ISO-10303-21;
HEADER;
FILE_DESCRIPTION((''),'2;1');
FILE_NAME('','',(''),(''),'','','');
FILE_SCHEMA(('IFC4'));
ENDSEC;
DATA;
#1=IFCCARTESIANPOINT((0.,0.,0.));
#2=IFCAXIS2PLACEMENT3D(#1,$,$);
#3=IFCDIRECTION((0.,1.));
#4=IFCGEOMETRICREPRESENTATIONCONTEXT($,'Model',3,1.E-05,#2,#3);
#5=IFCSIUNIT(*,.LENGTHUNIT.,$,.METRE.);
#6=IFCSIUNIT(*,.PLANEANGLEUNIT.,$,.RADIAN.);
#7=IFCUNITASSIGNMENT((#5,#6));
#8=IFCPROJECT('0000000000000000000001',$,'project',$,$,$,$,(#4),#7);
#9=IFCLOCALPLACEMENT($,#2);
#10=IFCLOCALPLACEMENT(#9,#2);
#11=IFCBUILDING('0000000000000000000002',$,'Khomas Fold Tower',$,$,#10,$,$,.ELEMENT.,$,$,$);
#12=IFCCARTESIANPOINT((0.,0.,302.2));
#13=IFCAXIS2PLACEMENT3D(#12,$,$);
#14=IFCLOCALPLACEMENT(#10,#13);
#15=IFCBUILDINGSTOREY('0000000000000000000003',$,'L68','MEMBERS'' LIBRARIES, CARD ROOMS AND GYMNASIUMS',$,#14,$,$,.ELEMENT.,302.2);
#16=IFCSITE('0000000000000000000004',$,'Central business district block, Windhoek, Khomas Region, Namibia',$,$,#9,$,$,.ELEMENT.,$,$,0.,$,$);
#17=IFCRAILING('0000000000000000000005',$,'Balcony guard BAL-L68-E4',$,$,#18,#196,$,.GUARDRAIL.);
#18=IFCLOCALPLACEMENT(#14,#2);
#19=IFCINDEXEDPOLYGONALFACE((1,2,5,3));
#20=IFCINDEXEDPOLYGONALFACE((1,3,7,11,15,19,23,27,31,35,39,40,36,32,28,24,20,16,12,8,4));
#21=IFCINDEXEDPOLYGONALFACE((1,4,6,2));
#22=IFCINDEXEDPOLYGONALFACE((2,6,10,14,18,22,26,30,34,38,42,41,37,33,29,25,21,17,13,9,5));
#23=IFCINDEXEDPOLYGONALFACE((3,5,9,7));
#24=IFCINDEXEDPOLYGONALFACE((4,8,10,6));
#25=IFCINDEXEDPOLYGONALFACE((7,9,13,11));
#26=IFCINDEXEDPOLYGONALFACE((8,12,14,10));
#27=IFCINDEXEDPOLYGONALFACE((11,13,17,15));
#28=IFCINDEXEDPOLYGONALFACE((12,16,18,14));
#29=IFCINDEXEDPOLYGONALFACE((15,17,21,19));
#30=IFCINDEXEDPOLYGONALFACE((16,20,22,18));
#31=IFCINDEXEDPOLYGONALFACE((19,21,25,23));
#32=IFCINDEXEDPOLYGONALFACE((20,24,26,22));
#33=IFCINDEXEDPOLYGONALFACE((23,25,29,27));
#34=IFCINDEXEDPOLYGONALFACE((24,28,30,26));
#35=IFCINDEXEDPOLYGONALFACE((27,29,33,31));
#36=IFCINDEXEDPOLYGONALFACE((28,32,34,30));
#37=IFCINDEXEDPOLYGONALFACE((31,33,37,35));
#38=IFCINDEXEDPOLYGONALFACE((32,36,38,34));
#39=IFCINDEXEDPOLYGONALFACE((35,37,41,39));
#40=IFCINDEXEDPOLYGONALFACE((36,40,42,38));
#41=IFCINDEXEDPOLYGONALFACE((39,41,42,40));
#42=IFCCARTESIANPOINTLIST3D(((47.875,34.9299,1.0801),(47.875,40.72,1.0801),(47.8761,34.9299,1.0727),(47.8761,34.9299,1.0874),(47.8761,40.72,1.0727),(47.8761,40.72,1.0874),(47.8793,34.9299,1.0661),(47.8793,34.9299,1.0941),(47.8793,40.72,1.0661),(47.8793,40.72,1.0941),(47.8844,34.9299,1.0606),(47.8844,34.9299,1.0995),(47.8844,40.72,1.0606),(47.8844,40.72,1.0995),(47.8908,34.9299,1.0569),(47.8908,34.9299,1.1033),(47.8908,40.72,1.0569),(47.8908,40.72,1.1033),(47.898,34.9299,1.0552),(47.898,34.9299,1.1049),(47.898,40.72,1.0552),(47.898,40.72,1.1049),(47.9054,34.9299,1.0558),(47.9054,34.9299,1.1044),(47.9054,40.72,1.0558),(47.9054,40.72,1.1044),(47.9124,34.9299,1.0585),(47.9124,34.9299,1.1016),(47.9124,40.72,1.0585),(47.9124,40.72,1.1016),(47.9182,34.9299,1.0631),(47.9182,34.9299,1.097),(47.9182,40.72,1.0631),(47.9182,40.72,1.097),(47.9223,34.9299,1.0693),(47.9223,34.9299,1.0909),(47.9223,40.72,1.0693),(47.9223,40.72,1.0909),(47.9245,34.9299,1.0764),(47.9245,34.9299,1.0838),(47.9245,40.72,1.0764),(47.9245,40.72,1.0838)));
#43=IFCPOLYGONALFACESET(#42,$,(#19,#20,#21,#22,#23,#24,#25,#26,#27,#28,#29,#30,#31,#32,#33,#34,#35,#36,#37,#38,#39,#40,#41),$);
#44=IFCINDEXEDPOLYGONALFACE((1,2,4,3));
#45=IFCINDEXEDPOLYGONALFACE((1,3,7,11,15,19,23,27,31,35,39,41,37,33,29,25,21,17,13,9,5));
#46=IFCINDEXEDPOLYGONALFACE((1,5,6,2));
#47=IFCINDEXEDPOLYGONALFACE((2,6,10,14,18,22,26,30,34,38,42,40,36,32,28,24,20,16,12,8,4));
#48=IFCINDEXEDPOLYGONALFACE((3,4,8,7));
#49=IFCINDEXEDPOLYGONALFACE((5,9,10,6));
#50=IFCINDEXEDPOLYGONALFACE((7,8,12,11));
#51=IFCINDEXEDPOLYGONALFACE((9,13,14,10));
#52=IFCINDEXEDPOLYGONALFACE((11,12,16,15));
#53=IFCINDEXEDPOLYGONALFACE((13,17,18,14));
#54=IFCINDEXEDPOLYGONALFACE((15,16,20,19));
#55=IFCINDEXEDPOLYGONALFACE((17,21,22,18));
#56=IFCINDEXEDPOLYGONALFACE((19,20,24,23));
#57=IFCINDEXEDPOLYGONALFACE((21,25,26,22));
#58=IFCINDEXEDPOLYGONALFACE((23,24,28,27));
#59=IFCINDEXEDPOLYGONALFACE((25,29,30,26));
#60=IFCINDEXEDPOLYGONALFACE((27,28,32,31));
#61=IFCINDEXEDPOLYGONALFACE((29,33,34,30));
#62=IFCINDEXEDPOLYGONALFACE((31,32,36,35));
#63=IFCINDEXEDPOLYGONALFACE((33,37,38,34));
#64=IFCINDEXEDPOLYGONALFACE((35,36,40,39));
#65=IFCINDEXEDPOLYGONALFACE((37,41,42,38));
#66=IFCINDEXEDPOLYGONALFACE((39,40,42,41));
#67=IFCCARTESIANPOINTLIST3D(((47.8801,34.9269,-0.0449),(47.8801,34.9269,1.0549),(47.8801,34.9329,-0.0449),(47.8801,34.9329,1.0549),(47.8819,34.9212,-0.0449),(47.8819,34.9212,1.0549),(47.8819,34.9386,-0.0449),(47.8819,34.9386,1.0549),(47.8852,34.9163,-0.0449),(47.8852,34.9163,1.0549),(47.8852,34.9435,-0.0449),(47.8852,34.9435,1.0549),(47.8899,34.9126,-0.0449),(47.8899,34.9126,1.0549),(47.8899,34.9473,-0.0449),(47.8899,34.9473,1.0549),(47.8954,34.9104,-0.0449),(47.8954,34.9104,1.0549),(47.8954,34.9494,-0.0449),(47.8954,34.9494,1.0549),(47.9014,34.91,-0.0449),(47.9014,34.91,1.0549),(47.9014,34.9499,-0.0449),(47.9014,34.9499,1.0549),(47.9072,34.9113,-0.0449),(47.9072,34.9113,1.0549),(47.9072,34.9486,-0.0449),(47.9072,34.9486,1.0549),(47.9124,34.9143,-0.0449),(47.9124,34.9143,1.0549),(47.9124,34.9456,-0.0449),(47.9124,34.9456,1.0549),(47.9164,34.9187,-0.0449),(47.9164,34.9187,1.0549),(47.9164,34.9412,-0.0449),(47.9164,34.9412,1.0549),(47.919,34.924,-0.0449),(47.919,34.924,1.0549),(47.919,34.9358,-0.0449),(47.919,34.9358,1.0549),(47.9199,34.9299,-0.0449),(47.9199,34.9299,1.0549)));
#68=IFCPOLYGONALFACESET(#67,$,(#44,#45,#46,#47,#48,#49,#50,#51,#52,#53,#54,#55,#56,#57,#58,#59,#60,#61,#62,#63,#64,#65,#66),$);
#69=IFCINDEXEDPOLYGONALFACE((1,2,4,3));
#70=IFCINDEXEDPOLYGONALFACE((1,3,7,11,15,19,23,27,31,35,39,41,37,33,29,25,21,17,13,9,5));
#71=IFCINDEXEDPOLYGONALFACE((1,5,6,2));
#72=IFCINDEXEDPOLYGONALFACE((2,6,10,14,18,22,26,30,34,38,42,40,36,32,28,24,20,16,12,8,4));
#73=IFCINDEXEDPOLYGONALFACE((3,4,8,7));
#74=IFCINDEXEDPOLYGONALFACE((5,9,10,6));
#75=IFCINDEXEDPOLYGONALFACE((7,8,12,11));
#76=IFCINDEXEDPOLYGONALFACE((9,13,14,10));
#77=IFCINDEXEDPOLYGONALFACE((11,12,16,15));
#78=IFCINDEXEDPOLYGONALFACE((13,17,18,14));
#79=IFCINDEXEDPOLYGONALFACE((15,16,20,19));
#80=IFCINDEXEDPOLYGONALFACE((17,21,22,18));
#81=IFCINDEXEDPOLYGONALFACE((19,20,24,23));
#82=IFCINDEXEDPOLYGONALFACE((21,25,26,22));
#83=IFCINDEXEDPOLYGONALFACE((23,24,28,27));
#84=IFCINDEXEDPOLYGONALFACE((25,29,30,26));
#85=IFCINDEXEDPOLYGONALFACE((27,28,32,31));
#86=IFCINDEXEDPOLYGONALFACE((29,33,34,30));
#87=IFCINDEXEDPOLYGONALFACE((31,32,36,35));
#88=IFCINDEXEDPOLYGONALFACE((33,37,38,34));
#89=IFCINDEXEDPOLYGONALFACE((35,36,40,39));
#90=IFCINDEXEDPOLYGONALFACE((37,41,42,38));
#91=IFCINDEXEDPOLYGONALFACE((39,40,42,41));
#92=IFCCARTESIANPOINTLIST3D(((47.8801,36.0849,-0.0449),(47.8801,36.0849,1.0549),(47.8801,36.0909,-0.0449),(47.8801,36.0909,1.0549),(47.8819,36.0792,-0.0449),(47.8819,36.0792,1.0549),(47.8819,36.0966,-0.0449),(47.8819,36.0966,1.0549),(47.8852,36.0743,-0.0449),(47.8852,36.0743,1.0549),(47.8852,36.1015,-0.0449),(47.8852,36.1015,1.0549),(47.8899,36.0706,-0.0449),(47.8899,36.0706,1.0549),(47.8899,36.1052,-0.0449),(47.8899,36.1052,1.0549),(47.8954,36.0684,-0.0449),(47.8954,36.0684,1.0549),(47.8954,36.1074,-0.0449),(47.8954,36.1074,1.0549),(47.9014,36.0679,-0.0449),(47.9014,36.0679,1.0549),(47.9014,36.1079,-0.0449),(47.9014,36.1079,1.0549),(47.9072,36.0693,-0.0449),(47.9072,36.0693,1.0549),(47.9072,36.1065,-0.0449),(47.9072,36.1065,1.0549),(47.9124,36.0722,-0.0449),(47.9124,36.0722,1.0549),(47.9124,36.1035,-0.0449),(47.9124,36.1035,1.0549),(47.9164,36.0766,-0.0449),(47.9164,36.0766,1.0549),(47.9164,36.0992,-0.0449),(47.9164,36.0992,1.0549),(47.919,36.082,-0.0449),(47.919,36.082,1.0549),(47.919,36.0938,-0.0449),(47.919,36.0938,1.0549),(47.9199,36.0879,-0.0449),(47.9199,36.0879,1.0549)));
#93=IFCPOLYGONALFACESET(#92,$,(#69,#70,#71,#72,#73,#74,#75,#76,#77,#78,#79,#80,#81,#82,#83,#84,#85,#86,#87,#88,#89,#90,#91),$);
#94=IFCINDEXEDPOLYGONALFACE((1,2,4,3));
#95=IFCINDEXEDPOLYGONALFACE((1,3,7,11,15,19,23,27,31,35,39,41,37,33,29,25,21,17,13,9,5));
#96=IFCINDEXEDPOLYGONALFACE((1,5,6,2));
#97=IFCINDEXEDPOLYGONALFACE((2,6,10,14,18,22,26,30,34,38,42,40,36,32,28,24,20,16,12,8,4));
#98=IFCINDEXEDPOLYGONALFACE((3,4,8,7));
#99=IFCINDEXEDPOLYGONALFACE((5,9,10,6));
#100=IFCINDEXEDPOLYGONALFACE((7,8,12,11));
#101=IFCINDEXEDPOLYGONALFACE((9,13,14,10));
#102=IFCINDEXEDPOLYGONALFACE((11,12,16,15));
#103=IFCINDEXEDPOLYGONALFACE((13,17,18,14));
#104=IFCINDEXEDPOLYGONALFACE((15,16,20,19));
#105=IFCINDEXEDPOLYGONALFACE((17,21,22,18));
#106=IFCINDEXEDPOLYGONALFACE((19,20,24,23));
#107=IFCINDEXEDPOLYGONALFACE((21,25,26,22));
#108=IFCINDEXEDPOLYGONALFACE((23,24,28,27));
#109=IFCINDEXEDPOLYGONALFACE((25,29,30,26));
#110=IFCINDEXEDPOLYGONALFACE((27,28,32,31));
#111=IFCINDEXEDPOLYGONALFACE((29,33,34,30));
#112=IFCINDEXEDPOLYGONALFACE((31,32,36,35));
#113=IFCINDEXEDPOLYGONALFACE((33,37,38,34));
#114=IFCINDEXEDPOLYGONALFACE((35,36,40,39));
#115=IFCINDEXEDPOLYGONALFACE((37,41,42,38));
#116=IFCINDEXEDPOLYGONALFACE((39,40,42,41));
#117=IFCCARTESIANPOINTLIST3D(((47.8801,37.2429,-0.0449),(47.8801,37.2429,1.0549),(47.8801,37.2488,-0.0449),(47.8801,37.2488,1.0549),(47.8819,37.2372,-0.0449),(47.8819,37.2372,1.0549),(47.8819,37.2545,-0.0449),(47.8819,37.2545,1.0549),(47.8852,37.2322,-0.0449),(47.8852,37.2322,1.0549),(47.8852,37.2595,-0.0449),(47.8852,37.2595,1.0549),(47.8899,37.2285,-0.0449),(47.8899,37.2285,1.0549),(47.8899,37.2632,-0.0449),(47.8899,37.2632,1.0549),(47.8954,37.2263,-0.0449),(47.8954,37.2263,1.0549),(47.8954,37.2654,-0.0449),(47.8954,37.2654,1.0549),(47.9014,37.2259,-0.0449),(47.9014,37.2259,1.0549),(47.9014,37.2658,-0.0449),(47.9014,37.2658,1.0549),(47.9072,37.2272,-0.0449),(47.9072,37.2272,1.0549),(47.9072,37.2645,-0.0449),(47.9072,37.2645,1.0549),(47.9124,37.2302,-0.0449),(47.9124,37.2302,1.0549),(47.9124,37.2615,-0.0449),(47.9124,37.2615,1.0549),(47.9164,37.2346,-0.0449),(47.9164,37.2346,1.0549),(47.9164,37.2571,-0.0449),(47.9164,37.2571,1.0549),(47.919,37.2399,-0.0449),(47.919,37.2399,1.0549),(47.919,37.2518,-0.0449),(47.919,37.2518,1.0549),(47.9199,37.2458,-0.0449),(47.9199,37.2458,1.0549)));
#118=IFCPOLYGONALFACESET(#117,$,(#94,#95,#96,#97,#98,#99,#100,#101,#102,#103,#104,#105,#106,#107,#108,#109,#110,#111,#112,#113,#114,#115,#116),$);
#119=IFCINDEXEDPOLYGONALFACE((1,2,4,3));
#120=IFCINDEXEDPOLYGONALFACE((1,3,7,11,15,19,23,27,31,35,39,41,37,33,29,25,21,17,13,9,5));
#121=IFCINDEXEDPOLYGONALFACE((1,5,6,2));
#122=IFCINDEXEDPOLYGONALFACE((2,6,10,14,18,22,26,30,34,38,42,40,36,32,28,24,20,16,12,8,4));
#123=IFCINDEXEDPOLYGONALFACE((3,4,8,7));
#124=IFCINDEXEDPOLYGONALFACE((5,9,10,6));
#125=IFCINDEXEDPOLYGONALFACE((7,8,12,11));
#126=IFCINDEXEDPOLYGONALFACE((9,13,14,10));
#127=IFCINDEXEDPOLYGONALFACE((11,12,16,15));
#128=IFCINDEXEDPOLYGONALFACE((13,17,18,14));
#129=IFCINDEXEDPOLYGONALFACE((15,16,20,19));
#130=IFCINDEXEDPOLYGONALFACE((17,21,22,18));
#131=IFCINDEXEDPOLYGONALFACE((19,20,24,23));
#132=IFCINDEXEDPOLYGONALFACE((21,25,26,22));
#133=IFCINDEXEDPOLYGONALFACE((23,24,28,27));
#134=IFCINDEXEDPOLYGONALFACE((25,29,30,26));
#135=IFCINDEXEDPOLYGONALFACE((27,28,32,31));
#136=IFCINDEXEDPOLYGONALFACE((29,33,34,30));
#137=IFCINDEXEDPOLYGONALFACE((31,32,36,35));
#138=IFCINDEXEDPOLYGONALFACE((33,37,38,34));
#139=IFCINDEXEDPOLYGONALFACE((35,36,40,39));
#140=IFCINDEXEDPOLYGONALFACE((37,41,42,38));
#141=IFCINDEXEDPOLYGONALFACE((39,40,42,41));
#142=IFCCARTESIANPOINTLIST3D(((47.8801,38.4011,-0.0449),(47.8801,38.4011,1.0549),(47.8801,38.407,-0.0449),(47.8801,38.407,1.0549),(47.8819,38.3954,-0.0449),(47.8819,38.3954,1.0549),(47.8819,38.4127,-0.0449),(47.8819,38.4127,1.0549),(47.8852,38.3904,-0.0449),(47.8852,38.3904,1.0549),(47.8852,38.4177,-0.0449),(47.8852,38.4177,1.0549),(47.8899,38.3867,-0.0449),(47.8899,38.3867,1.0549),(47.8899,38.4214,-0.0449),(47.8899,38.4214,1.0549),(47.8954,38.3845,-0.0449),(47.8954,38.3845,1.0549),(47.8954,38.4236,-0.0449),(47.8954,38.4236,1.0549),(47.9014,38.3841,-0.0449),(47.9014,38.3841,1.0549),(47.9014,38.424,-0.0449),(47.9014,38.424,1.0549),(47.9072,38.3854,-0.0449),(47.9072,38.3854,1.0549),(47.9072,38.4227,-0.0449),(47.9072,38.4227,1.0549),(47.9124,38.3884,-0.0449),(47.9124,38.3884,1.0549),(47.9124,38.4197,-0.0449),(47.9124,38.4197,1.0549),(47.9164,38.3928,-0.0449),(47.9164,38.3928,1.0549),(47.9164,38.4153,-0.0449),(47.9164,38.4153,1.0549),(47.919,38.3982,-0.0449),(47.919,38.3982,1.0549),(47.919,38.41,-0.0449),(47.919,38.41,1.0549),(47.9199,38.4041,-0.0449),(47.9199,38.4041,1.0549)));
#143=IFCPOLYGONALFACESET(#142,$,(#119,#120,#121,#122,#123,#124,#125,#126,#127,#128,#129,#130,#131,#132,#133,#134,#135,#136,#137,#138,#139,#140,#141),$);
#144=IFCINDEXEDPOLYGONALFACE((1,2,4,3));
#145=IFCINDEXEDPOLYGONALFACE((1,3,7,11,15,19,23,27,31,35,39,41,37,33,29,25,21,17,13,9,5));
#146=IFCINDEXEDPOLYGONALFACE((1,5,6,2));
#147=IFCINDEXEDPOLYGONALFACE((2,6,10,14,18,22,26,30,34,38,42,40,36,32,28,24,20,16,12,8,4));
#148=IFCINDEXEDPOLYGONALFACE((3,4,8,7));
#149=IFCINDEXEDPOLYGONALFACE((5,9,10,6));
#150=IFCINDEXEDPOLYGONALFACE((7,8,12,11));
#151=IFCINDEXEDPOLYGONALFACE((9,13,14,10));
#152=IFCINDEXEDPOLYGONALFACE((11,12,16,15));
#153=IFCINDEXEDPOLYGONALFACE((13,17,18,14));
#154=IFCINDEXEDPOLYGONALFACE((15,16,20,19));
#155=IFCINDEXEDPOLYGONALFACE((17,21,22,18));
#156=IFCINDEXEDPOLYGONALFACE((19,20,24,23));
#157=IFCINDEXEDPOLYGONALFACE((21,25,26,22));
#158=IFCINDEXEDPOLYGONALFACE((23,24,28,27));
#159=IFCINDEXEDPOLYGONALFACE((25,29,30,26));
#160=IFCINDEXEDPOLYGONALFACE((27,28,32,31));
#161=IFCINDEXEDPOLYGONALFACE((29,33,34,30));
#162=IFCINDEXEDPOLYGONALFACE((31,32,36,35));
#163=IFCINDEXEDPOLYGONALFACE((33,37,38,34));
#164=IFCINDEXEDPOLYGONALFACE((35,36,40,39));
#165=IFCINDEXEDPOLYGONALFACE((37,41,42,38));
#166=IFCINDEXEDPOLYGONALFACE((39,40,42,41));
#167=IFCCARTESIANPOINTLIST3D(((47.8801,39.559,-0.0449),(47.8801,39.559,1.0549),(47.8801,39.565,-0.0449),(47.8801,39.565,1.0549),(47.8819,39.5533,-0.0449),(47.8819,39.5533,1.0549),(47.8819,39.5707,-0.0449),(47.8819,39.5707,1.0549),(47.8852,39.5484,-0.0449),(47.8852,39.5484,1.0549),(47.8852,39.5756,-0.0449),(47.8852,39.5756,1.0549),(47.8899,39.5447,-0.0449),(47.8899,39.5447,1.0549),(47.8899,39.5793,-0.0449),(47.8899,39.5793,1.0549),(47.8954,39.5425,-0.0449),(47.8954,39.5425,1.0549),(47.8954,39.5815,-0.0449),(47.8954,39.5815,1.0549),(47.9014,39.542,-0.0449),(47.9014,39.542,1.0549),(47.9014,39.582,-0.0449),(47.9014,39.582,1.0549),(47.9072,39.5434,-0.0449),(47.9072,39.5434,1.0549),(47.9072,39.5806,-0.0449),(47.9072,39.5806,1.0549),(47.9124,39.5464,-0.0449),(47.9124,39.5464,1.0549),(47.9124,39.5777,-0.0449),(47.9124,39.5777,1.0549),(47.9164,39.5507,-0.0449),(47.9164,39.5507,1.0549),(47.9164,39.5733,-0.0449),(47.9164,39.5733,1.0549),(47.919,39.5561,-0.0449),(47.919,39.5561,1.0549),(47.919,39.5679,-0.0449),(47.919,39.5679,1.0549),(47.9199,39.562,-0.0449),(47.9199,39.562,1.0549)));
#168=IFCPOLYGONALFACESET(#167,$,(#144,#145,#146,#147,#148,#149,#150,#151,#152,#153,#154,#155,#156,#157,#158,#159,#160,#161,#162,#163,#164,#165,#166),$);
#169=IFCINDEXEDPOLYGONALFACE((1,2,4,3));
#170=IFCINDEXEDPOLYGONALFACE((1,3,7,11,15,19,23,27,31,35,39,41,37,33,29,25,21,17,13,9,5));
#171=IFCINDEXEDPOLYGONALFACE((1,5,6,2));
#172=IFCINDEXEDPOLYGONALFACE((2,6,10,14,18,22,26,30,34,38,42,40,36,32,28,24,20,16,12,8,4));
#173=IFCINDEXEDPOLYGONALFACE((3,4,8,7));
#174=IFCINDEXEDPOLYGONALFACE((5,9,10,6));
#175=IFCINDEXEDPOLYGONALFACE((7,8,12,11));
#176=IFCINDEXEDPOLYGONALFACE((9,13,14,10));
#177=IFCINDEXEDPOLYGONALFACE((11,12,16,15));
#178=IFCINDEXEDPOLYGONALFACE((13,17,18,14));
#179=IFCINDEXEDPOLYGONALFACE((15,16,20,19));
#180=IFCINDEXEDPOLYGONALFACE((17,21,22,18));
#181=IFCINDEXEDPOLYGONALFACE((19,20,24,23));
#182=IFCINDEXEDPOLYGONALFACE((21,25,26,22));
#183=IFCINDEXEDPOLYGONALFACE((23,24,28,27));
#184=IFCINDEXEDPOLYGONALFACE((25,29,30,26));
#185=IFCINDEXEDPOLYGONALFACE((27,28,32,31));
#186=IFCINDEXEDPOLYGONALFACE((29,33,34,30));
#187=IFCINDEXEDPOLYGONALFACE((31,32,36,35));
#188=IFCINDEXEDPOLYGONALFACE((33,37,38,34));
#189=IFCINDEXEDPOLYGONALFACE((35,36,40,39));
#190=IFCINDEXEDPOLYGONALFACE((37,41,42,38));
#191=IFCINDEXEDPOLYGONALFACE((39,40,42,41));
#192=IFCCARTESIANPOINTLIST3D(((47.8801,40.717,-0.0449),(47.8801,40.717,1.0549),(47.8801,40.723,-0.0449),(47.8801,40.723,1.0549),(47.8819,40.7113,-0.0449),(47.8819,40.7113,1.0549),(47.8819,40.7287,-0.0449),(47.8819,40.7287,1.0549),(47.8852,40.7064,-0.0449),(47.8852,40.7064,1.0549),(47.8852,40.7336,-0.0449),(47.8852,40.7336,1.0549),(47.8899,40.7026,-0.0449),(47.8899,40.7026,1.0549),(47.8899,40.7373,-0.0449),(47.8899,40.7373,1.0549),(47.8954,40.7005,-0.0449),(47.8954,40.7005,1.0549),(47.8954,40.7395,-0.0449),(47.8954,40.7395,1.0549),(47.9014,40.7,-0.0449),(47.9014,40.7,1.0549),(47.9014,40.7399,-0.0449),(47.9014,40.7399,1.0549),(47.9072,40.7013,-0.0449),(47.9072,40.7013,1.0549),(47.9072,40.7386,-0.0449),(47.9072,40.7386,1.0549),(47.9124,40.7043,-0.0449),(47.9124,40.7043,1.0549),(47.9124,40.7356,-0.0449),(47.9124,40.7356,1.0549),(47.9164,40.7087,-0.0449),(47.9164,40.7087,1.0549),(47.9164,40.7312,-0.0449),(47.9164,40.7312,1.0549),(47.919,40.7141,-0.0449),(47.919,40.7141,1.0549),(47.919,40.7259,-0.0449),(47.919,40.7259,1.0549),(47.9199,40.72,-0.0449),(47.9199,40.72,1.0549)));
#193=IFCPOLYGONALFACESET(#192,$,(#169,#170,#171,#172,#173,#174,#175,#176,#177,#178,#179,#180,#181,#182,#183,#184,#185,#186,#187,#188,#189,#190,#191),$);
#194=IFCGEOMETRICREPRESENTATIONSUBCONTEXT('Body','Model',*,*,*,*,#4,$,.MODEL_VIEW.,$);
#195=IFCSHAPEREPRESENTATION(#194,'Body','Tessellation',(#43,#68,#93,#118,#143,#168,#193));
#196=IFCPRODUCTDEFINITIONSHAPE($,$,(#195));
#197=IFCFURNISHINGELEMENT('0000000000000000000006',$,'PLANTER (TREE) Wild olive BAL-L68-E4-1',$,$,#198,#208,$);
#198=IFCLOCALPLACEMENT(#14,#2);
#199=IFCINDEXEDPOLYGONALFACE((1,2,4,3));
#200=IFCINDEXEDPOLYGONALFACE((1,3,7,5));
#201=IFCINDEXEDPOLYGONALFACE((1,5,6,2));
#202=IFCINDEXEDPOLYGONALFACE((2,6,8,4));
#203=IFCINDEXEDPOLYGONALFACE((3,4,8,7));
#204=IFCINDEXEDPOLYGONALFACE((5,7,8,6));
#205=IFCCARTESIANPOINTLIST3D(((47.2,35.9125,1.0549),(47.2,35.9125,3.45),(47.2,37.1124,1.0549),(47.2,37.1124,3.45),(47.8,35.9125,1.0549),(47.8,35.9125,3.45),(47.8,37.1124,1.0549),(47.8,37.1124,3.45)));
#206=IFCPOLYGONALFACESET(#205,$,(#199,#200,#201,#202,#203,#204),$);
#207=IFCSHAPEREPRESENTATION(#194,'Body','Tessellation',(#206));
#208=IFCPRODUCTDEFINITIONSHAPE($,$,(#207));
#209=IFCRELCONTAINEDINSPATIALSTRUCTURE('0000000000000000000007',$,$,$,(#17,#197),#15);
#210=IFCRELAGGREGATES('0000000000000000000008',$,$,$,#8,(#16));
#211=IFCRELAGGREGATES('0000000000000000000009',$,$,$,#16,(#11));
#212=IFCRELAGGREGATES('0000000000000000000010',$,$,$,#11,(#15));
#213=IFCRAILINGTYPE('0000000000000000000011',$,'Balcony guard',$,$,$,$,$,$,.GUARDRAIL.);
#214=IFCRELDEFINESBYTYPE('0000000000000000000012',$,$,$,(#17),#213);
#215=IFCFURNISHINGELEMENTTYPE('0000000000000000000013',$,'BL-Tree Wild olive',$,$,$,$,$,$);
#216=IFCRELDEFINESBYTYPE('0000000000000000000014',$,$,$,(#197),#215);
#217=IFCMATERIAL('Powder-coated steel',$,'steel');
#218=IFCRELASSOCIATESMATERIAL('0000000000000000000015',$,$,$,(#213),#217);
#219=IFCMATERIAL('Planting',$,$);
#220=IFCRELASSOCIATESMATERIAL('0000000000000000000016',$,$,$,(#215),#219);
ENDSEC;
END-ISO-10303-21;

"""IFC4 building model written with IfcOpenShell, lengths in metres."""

from ifc_helpers import new_model, si_unit, direction, frame, origin, origin_2d, place, context, subcontext, project, spatial, rectangle, circle, extrude, source, transform, mapped, material, type_object, element, save


model = new_model("IFC4")

# Units and contexts
model_context = context("Model", 3, precision=1e-05, world=origin(), true_north=direction((0.0, 1.0)))
body_context = subcontext(model_context, "Body", "Model", "MODEL_VIEW")
ifc_project = project(units=[si_unit("LENGTHUNIT", "METRE"), si_unit("PLANEANGLEUNIT", "RADIAN")], contexts=[model_context])

# Site, building, storey
site_placement = place(None, origin())
site = spatial("IfcSite", under=ifc_project, at=site_placement, Name="Central business district block, Windhoek, Khomas Region, Namibia", CompositionType="ELEMENT", RefElevation=0.0)
building_placement = place(site_placement, origin())
building = spatial("IfcBuilding", under=site, at=building_placement, Name="Khomas Fold Tower", CompositionType="ELEMENT")
storey_placement = place(building_placement, frame((0.0, 0.0, 302.2)))
storey = spatial("IfcBuildingStorey", under=building, at=storey_placement, Name="L68", Description="MEMBERS' LIBRARIES, CARD ROOMS AND GYMNASIUMS", CompositionType="ELEMENT", Elevation=302.2)

# Railing
ifc_material_1 = material(Name="Powder-coated steel", Category="steel")
railing_type = type_object("IfcRailingType", Name="Balcony guard", PredefinedType="GUARDRAIL", material=ifc_material_1)
shared_shape_1 = source(origin(), body_context, "Body", "SweptSolid", [
    extrude(circle(Radius=0.0249, at=origin_2d()), frame((0.0, 0.0, 1.125), z_axis=(0.0, 1.0, 0.0), x_axis=(-1.0, 0.0, 0.0)), (0.0, 0.0, 1.0), 5.79),
    extrude(circle(Radius=0.02, at=origin_2d()), origin(), (0.0, 0.0, 1.0), 1.0999),
    extrude(circle(Radius=0.02, at=origin_2d()), frame((0.0, 1.158, 0.0)), (0.0, 0.0, 1.0), 1.0999),
    extrude(circle(Radius=0.02, at=origin_2d()), frame((0.0, 2.3159, 0.0)), (0.0, 0.0, 1.0), 1.0999),
    extrude(circle(Radius=0.02, at=origin_2d()), frame((0.0, 3.4741, 0.0)), (0.0, 0.0, 1.0), 1.0999),
    extrude(circle(Radius=0.02, at=origin_2d()), frame((0.0, 4.6321, 0.0)), (0.0, 0.0, 1.0), 1.0999),
    extrude(circle(Radius=0.02, at=origin_2d()), frame((0.0, 5.79, 0.0)), (0.0, 0.0, 1.0), 1.0999),
])
railing_placement = place(storey_placement, frame((47.8999, 34.9299, -0.0449)))
element("IfcRailing", 1, at=railing_placement, inside=storey, type_object=railing_type, Name="Balcony guard BAL-L68-E4", PredefinedType="GUARDRAIL", context=body_context, shape_type="MappedRepresentation", body=[
    mapped(shared_shape_1, transform((0.0, 0.0, 0.0))),
])

# Furnishing element
ifc_material_2 = material(Name="Planting")
furnishing_element_type_1 = type_object("IfcFurnishingElementType", Name="BL-Tree Wild olive", material=ifc_material_2)
shared_shape_2 = source(origin(), body_context, "Body", "SweptSolid", [
    extrude(rectangle(XDim=1.2, YDim=0.6001, at=origin_2d()), origin(), (0.0, 0.0, 1.0), 2.395),
])
furnishing_1_placement = place(storey_placement, frame((47.5, 36.5125, 1.0549), z_axis=(0.0, 0.0, 1.0), x_axis=(0.0, 1.0, 0.0)))
element("IfcFurnishingElement", 2, at=furnishing_1_placement, inside=storey, type_object=furnishing_element_type_1, Name="PLANTER (TREE) Wild olive BAL-L68-E4-1", context=body_context, shape_type="MappedRepresentation", body=[
    mapped(shared_shape_2, transform((0.0, 0.0, 0.0))),
])

save(model, "model.ifc")
